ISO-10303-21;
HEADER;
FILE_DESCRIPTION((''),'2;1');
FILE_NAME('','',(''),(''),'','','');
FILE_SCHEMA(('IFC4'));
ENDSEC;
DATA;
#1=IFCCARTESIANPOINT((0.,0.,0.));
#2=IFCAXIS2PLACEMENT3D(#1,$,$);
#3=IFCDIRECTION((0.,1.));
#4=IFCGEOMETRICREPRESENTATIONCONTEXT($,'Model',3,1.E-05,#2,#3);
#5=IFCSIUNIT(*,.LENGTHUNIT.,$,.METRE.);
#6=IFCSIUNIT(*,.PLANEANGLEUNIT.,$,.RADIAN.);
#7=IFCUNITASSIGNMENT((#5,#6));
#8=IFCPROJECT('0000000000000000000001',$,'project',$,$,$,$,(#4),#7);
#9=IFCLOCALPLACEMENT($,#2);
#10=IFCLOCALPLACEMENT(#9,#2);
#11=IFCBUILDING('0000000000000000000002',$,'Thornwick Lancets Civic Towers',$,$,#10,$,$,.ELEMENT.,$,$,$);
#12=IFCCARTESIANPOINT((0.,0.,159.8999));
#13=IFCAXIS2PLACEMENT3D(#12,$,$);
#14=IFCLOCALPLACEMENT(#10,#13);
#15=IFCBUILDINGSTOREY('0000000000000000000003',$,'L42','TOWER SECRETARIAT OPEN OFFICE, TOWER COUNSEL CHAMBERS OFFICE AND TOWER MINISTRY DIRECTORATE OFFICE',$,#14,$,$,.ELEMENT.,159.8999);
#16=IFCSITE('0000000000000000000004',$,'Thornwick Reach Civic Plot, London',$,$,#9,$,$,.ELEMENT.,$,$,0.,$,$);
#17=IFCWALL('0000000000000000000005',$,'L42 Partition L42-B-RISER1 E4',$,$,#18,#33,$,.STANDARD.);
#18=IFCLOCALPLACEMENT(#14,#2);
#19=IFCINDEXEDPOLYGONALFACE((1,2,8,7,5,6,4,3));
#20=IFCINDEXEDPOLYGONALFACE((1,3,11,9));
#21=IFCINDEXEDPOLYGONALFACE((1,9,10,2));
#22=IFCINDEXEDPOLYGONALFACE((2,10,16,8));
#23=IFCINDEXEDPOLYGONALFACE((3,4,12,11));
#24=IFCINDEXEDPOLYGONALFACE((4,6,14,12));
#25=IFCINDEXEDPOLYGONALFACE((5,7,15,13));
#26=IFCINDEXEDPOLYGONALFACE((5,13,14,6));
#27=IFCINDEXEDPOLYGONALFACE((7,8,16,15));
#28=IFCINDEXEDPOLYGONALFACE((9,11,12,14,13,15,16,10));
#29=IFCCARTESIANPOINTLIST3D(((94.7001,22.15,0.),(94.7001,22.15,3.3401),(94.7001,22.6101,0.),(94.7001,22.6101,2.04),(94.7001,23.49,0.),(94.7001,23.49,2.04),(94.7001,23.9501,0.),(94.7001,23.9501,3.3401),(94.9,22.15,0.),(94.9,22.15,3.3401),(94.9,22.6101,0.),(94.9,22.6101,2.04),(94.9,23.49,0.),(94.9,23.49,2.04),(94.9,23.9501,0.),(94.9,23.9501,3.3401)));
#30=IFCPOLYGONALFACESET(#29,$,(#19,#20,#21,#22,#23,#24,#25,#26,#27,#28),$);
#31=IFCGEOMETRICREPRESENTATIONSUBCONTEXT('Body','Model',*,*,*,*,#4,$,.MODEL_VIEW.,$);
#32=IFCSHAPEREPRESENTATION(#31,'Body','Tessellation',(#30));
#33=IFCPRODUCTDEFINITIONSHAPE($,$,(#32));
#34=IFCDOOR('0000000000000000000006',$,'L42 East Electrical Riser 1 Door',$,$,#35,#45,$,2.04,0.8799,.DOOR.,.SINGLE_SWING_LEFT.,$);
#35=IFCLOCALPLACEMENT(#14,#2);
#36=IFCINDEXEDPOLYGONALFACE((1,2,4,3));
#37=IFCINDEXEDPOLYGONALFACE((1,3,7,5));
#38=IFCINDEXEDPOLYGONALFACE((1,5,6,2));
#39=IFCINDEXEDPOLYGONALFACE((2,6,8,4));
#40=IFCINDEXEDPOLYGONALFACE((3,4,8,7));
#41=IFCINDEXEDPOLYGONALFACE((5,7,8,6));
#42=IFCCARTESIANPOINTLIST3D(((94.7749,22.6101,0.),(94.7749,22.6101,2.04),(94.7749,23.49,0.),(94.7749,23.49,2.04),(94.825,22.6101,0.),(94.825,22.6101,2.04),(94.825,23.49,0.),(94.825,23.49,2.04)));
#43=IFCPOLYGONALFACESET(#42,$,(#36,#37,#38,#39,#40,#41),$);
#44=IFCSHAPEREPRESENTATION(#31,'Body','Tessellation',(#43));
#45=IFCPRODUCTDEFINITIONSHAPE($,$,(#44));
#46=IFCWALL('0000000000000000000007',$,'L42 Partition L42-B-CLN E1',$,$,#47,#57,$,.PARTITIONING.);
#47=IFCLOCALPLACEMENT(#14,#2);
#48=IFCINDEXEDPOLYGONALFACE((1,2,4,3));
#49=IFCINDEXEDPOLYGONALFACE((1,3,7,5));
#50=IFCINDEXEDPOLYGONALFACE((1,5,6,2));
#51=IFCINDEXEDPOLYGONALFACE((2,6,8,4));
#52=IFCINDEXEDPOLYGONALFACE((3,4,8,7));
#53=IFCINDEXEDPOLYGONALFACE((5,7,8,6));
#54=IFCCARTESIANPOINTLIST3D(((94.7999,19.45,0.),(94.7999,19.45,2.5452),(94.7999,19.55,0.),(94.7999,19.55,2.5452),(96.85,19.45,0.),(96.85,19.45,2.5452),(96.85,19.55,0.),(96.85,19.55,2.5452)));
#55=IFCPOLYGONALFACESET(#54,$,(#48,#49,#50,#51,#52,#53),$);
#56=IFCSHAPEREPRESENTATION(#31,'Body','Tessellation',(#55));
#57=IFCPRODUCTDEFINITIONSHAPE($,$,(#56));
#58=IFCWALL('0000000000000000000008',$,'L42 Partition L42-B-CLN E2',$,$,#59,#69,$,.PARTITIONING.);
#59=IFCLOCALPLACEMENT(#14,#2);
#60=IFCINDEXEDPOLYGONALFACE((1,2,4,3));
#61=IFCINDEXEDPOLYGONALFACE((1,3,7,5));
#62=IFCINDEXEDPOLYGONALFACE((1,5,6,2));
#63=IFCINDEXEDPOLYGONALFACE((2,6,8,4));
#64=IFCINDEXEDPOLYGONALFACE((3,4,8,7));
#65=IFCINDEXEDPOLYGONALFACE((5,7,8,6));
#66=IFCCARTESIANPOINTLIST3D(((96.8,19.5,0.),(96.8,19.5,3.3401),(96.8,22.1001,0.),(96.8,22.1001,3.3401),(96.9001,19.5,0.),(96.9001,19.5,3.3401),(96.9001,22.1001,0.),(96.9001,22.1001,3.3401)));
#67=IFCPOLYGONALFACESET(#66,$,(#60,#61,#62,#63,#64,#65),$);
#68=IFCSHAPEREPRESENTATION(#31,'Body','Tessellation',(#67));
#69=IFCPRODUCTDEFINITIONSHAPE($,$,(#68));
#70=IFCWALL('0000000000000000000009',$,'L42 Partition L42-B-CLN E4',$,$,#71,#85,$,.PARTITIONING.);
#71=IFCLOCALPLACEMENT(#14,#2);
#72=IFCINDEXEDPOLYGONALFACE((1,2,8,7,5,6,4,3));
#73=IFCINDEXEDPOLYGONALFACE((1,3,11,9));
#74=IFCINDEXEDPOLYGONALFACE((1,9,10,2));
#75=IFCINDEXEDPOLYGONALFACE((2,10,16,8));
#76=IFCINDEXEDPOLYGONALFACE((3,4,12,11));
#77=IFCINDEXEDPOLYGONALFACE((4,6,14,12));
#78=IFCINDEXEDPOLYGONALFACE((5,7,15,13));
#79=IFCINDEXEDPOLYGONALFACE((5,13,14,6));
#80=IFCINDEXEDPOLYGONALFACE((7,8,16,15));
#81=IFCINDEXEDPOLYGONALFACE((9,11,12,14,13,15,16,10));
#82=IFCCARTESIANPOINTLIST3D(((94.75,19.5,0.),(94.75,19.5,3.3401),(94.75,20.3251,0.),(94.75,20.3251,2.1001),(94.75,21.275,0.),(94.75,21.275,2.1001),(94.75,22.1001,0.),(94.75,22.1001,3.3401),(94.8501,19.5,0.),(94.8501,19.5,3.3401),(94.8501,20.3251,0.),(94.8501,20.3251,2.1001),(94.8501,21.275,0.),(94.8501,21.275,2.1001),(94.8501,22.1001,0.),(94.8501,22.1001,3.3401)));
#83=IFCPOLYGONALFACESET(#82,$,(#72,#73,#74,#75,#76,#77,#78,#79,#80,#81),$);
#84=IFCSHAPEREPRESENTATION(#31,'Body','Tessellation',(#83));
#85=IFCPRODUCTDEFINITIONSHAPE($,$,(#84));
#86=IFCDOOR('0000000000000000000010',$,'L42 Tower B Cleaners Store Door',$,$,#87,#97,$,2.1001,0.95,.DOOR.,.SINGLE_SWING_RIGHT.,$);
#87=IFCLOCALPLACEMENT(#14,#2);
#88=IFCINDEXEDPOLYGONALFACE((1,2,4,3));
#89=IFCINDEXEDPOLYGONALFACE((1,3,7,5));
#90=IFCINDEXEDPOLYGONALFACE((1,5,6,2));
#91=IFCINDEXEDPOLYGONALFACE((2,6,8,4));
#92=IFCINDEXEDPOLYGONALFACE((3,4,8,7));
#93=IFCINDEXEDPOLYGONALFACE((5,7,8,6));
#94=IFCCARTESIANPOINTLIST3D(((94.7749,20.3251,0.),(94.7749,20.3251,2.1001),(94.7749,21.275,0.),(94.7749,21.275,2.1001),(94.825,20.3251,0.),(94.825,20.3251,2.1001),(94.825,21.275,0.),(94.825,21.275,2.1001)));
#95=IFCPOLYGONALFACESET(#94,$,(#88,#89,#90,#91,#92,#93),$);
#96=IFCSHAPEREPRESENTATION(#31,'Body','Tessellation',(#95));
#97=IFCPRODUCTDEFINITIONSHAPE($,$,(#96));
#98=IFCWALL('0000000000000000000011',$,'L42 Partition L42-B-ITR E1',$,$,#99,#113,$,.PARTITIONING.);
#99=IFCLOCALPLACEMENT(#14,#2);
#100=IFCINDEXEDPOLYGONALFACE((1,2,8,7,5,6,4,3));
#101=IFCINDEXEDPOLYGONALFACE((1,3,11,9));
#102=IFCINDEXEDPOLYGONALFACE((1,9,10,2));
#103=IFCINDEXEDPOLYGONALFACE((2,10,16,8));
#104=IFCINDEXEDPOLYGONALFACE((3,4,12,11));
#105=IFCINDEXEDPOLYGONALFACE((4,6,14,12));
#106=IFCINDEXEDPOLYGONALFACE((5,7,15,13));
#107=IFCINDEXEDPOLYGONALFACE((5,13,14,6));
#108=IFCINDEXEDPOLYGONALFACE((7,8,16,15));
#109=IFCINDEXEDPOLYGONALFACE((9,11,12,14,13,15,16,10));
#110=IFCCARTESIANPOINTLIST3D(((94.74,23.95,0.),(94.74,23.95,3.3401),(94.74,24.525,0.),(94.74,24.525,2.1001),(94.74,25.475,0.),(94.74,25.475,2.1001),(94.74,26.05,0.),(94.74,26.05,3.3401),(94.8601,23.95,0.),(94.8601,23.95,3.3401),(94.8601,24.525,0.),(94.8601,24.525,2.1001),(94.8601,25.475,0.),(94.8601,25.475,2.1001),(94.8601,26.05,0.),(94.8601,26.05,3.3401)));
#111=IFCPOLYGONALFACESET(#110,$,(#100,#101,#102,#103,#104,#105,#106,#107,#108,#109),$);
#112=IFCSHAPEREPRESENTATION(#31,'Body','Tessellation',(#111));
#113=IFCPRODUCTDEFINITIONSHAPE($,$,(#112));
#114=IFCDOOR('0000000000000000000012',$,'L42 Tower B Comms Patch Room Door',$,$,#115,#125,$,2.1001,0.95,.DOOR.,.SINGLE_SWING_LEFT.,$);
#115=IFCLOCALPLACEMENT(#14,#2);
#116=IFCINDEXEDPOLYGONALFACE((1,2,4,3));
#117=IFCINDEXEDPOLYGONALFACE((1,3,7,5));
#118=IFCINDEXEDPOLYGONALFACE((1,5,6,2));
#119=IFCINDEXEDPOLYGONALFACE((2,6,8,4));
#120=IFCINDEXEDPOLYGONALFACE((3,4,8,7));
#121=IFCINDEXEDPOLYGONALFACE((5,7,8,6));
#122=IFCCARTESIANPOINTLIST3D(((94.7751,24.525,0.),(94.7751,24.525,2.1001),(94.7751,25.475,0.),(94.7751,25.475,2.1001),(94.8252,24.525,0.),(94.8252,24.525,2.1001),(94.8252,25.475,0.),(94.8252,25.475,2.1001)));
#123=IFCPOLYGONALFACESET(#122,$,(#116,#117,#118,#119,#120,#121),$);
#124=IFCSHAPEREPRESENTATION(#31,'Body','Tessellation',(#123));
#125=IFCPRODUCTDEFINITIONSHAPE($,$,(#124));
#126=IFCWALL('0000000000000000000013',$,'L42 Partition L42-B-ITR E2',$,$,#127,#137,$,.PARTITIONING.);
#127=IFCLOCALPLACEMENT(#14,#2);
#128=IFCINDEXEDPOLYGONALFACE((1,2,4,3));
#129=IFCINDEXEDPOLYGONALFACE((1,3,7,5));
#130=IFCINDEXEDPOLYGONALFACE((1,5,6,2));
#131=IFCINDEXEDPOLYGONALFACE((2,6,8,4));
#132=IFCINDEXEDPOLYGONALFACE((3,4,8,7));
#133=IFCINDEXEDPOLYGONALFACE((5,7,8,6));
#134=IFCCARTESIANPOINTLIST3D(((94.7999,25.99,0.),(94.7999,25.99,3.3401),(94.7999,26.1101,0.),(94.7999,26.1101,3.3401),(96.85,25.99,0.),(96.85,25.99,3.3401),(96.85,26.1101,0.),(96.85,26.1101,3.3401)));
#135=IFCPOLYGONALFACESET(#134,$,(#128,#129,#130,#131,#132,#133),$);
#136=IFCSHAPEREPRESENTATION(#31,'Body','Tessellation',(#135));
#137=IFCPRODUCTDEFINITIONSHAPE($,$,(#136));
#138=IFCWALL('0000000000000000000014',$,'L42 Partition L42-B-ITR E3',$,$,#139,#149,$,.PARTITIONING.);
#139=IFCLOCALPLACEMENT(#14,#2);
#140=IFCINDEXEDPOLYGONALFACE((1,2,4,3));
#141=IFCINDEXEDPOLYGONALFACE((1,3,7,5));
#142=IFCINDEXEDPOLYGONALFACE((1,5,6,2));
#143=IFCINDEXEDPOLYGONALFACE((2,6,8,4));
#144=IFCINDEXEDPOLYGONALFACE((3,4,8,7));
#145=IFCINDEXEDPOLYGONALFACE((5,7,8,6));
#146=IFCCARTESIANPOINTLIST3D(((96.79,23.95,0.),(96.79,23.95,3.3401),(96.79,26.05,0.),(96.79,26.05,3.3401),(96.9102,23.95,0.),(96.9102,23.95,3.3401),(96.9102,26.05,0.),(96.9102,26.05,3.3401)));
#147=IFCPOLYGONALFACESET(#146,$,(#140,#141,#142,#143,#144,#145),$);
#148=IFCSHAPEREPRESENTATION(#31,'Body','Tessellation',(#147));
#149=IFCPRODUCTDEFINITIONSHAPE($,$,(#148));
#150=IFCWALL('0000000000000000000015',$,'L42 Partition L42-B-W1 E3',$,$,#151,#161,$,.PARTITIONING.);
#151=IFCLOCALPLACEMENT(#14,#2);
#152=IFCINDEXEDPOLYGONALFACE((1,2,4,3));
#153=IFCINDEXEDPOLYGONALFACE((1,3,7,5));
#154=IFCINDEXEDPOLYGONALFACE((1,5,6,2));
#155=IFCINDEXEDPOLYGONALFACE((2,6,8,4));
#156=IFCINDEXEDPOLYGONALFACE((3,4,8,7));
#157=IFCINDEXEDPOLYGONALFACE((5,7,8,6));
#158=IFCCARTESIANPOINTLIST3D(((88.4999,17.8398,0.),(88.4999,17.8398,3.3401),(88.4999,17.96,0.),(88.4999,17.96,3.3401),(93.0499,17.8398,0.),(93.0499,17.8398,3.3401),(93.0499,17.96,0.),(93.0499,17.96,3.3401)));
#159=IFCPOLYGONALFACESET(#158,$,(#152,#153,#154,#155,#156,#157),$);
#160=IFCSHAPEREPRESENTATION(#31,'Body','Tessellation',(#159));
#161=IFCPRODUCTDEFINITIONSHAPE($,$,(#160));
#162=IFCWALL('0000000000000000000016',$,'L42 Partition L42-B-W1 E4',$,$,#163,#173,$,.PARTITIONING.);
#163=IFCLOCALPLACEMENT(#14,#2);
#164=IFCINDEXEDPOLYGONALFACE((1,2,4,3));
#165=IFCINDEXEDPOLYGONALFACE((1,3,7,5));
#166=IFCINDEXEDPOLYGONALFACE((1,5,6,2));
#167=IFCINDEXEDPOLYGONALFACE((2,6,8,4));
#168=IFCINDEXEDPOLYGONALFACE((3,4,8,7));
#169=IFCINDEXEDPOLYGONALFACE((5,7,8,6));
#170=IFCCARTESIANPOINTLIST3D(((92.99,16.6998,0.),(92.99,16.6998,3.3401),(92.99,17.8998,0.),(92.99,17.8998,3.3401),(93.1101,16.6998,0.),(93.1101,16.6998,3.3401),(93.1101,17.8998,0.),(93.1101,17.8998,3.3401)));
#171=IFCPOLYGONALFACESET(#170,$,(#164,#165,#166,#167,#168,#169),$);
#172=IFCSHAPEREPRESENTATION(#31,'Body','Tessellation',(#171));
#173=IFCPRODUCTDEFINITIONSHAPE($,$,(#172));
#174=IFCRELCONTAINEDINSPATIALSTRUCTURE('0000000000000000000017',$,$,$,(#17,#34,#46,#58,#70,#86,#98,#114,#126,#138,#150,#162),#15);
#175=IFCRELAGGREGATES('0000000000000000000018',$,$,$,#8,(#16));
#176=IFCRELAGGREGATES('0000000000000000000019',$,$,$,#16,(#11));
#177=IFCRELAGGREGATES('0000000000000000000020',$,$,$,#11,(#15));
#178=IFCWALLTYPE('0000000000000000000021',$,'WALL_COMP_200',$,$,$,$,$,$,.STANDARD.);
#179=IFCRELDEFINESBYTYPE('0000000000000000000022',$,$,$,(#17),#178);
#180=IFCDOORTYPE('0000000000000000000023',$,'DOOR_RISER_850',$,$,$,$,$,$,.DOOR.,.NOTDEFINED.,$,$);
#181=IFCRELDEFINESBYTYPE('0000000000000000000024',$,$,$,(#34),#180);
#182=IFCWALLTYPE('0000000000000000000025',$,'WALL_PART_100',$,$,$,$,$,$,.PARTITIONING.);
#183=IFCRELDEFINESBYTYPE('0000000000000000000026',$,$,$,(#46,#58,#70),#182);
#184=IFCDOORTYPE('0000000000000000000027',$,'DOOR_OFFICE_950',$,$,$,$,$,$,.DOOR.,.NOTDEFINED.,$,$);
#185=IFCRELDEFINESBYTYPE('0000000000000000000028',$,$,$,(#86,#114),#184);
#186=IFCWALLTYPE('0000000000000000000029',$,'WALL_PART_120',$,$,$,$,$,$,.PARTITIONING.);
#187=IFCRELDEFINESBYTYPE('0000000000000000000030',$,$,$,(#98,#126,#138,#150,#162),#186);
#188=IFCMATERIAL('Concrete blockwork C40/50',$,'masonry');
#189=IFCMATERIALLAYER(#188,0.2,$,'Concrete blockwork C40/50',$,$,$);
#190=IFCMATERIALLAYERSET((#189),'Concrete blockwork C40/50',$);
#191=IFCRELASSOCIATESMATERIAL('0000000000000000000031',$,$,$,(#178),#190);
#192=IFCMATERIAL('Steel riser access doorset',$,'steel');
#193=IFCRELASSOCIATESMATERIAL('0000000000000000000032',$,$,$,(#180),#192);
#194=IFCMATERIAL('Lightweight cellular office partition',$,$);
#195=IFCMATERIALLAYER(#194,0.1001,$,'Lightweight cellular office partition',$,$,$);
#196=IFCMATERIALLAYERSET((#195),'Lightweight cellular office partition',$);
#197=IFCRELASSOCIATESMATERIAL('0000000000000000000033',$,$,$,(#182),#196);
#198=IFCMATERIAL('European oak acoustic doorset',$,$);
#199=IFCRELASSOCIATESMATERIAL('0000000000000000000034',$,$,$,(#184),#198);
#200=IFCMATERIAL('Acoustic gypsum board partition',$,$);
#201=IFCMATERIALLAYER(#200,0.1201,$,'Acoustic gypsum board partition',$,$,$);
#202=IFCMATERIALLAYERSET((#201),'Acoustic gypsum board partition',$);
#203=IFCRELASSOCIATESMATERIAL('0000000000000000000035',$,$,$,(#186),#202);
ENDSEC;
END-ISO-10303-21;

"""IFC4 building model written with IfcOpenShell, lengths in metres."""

from ifc_helpers import new_model, si_unit, direction, frame, frame_2d, origin, place, context, subcontext, project, spatial, rectangle, extrude, material, layer, layer_set, type_object, element, fill, save


model = new_model("IFC4")

# Units and contexts
model_context = context("Model", 3, precision=1e-05, world=origin(), true_north=direction((0.0, 1.0)))
body_context = subcontext(model_context, "Body", "Model", "MODEL_VIEW")
ifc_project = project(units=[si_unit("LENGTHUNIT", "METRE"), si_unit("PLANEANGLEUNIT", "RADIAN")], contexts=[model_context])

# Site, building, storey
site_placement = place(None, origin())
site = spatial("IfcSite", under=ifc_project, at=site_placement, Name="Thornwick Reach Civic Plot, London", CompositionType="ELEMENT", RefElevation=0.0)
building_placement = place(site_placement, origin())
building = spatial("IfcBuilding", under=site, at=building_placement, Name="Thornwick Lancets Civic Towers", CompositionType="ELEMENT")
storey_placement = place(building_placement, frame((0.0, 0.0, 159.8999)))
storey = spatial("IfcBuildingStorey", under=building, at=storey_placement, Name="L42", Description="TOWER SECRETARIAT OPEN OFFICE, TOWER COUNSEL CHAMBERS OFFICE AND TOWER MINISTRY DIRECTORATE OFFICE", CompositionType="ELEMENT", Elevation=159.8999)

# Shared definitions
ifc_material_1 = material(Name="Concrete blockwork C40/50", Category="masonry")
ifc_layer_1 = layer(ifc_material_1, 0.2, Name="Concrete blockwork C40/50")
ifc_layer_set_1 = layer_set([ifc_layer_1], Name="Concrete blockwork C40/50")
wall_type_1 = type_object("IfcWallType", Name="WALL_COMP_200", PredefinedType="STANDARD", material=ifc_layer_set_1)

# Wall, opening, door
wall_1_placement = place(storey_placement, frame((94.8, 23.95, 0.0), z_axis=(0.0, 0.0, 1.0), x_axis=(0.0, -1.0, 0.0)))
wall_1 = element("IfcWall", 1, at=wall_1_placement, inside=storey, type_object=wall_type_1, Name="L42 Partition L42-B-RISER1 E4", PredefinedType="STANDARD", context=body_context, shape_type="SweptSolid", body=[
    extrude(rectangle(XDim=1.8, YDim=0.2, at=frame_2d((0.8999, 0.0))), origin(), (0.0, 0.0, 1.0), 3.3401),
])
opening_1_placement = place(wall_1_placement, frame((0.46, 0.0, 0.0)))
opening_1 = element("IfcOpeningElement", 2, at=opening_1_placement, cuts=wall_1, PredefinedType="OPENING", context=body_context, shape_type="SweptSolid", body=[
    extrude(rectangle(XDim=0.8799, YDim=2.04, at=frame_2d((0.4399, 1.02))), frame((0.0, 0.1099, 0.0), z_axis=(0.0, -1.0, 0.0), x_axis=(1.0, 0.0, 0.0)), (0.0, 0.0, 1.0), 0.22),
])
ifc_material_2 = material(Name="Steel riser access doorset", Category="steel")
door_type_1 = type_object("IfcDoorType", Name="DOOR_RISER_850", OperationType="NOTDEFINED", PredefinedType="DOOR", material=ifc_material_2)
door_1_placement = place(opening_1_placement, origin())
door_1 = element("IfcDoor", 3, at=door_1_placement, inside=storey, type_object=door_type_1, Name="L42 East Electrical Riser 1 Door", OperationType="SINGLE_SWING_LEFT", OverallHeight=2.04, OverallWidth=0.8799, PredefinedType="DOOR", context=body_context, shape_type="SweptSolid", body=[
    extrude(rectangle(XDim=0.8799, YDim=2.04, at=frame_2d((0.4399, 1.02))), frame((0.0, 0.0249, 0.0), z_axis=(0.0, -1.0, 0.0), x_axis=(1.0, 0.0, 0.0)), (0.0, 0.0, 1.0), 0.05),
])
fill(opening_1, door_1)

# Walls
ifc_material_3 = material(Name="Lightweight cellular office partition")
ifc_layer_2 = layer(ifc_material_3, 0.1001, Name="Lightweight cellular office partition")
ifc_layer_set_2 = layer_set([ifc_layer_2], Name="Lightweight cellular office partition")
wall_type_2 = type_object("IfcWallType", Name="WALL_PART_100", PredefinedType="PARTITIONING", material=ifc_layer_set_2)
wall_2_placement = place(storey_placement, frame((94.8, 19.5, 0.0), z_axis=(0.0, 0.0, 1.0), x_axis=(1.0, 0.0, 0.0)))
element("IfcWall", 4, at=wall_2_placement, inside=storey, type_object=wall_type_2, Name="L42 Partition L42-B-CLN E1", PredefinedType="PARTITIONING", context=body_context, shape_type="SweptSolid", body=[
    extrude(rectangle(XDim=2.05, YDim=0.1001, at=frame_2d((1.0249, 0.0))), origin(), (0.0, 0.0, 1.0), 2.5452),
])
wall_3_placement = place(storey_placement, frame((96.8501, 19.5, 0.0), z_axis=(0.0, 0.0, 1.0), x_axis=(0.0, 1.0, 0.0)))
element("IfcWall", 5, at=wall_3_placement, inside=storey, type_object=wall_type_2, Name="L42 Partition L42-B-CLN E2", PredefinedType="PARTITIONING", context=body_context, shape_type="SweptSolid", body=[
    extrude(rectangle(XDim=2.6001, YDim=0.1001, at=frame_2d((1.3, 0.0))), origin(), (0.0, 0.0, 1.0), 3.3401),
])

# Walls, openings, doors
wall_4_placement = place(storey_placement, frame((94.8, 22.1001, 0.0), z_axis=(0.0, 0.0, 1.0), x_axis=(0.0, -1.0, 0.0)))
wall_4 = element("IfcWall", 6, at=wall_4_placement, inside=storey, type_object=wall_type_2, Name="L42 Partition L42-B-CLN E4", PredefinedType="PARTITIONING", context=body_context, shape_type="SweptSolid", body=[
    extrude(rectangle(XDim=2.6001, YDim=0.1001, at=frame_2d((1.3, 0.0))), origin(), (0.0, 0.0, 1.0), 3.3401),
])
opening_2_placement = place(wall_4_placement, frame((0.825, 0.0, 0.0)))
opening_2 = element("IfcOpeningElement", 7, at=opening_2_placement, cuts=wall_4, PredefinedType="OPENING", context=body_context, shape_type="SweptSolid", body=[
    extrude(rectangle(XDim=0.95, YDim=2.1001, at=frame_2d((0.4751, 1.05))), frame((0.0, 0.0601, 0.0), z_axis=(0.0, -1.0, 0.0), x_axis=(1.0, 0.0, 0.0)), (0.0, 0.0, 1.0), 0.1201),
])
ifc_material_4 = material(Name="European oak acoustic doorset")
door_type_2 = type_object("IfcDoorType", Name="DOOR_OFFICE_950", OperationType="NOTDEFINED", PredefinedType="DOOR", material=ifc_material_4)
door_2_placement = place(opening_2_placement, origin())
door_2 = element("IfcDoor", 8, at=door_2_placement, inside=storey, type_object=door_type_2, Name="L42 Tower B Cleaners Store Door", OperationType="SINGLE_SWING_RIGHT", OverallHeight=2.1001, OverallWidth=0.95, PredefinedType="DOOR", context=body_context, shape_type="SweptSolid", body=[
    extrude(rectangle(XDim=0.95, YDim=2.1001, at=frame_2d((0.4751, 1.05))), frame((0.0, 0.0249, 0.0), z_axis=(0.0, -1.0, 0.0), x_axis=(1.0, 0.0, 0.0)), (0.0, 0.0, 1.0), 0.05),
])
fill(opening_2, door_2)
ifc_material_5 = material(Name="Acoustic gypsum board partition")
ifc_layer_3 = layer(ifc_material_5, 0.1201, Name="Acoustic gypsum board partition")
ifc_layer_set_3 = layer_set([ifc_layer_3], Name="Acoustic gypsum board partition")
wall_type_3 = type_object("IfcWallType", Name="WALL_PART_120", PredefinedType="PARTITIONING", material=ifc_layer_set_3)
wall_5_placement = place(storey_placement, frame((94.8, 23.95, 0.0), z_axis=(0.0, 0.0, 1.0), x_axis=(0.0, 1.0, 0.0)))
wall_5 = element("IfcWall", 9, at=wall_5_placement, inside=storey, type_object=wall_type_3, Name="L42 Partition L42-B-ITR E1", PredefinedType="PARTITIONING", context=body_context, shape_type="SweptSolid", body=[
    extrude(rectangle(XDim=2.1001, YDim=0.1201, at=frame_2d((1.05, 0.0))), origin(), (0.0, 0.0, 1.0), 3.3401),
])
opening_3_placement = place(wall_5_placement, frame((0.575, 0.0, 0.0)))
opening_3 = element("IfcOpeningElement", 10, at=opening_3_placement, cuts=wall_5, PredefinedType="OPENING", context=body_context, shape_type="SweptSolid", body=[
    extrude(rectangle(XDim=0.95, YDim=2.1001, at=frame_2d((0.4751, 1.05))), frame((0.0, 0.0701, 0.0), z_axis=(0.0, -1.0, 0.0), x_axis=(1.0, 0.0, 0.0)), (0.0, 0.0, 1.0), 0.1401),
])
door_3_placement = place(opening_3_placement, origin())
door_3 = element("IfcDoor", 11, at=door_3_placement, inside=storey, type_object=door_type_2, Name="L42 Tower B Comms Patch Room Door", OperationType="SINGLE_SWING_LEFT", OverallHeight=2.1001, OverallWidth=0.95, PredefinedType="DOOR", context=body_context, shape_type="SweptSolid", body=[
    extrude(rectangle(XDim=0.95, YDim=2.1001, at=frame_2d((0.4751, 1.05))), frame((0.0, 0.0249, 0.0), z_axis=(0.0, -1.0, 0.0), x_axis=(1.0, 0.0, 0.0)), (0.0, 0.0, 1.0), 0.05),
])
fill(opening_3, door_3)

# Walls
wall_6_placement = place(storey_placement, frame((94.8, 26.05, 0.0), z_axis=(0.0, 0.0, 1.0), x_axis=(1.0, 0.0, 0.0)))
element("IfcWall", 12, at=wall_6_placement, inside=storey, type_object=wall_type_3, Name="L42 Partition L42-B-ITR E2", PredefinedType="PARTITIONING", context=body_context, shape_type="SweptSolid", body=[
    extrude(rectangle(XDim=2.05, YDim=0.1201, at=frame_2d((1.0249, 0.0))), origin(), (0.0, 0.0, 1.0), 3.3401),
])
wall_7_placement = place(storey_placement, frame((96.8501, 26.05, 0.0), z_axis=(0.0, 0.0, 1.0), x_axis=(0.0, -1.0, 0.0)))
element("IfcWall", 13, at=wall_7_placement, inside=storey, type_object=wall_type_3, Name="L42 Partition L42-B-ITR E3", PredefinedType="PARTITIONING", context=body_context, shape_type="SweptSolid", body=[
    extrude(rectangle(XDim=2.1001, YDim=0.1201, at=frame_2d((1.05, 0.0))), origin(), (0.0, 0.0, 1.0), 3.3401),
])
wall_8_placement = place(storey_placement, frame((88.5, 17.8999, 0.0), z_axis=(0.0, 0.0, 1.0), x_axis=(1.0, 0.0, 0.0)))
element("IfcWall", 14, at=wall_8_placement, inside=storey, type_object=wall_type_3, Name="L42 Partition L42-B-W1 E3", PredefinedType="PARTITIONING", context=body_context, shape_type="SweptSolid", body=[
    extrude(rectangle(XDim=4.55, YDim=0.1201, at=frame_2d((2.2749, 0.0))), origin(), (0.0, 0.0, 1.0), 3.3401),
])
wall_9_placement = place(storey_placement, frame((93.05, 17.8999, 0.0), z_axis=(0.0, 0.0, 1.0), x_axis=(0.0, -1.0, 0.0)))
element("IfcWall", 15, at=wall_9_placement, inside=storey, type_object=wall_type_3, Name="L42 Partition L42-B-W1 E4", PredefinedType="PARTITIONING", context=body_context, shape_type="SweptSolid", body=[
    extrude(rectangle(XDim=1.2, YDim=0.1201, at=frame_2d((0.6001, 0.0))), origin(), (0.0, 0.0, 1.0), 3.3401),
])

save(model, "model.ifc")
